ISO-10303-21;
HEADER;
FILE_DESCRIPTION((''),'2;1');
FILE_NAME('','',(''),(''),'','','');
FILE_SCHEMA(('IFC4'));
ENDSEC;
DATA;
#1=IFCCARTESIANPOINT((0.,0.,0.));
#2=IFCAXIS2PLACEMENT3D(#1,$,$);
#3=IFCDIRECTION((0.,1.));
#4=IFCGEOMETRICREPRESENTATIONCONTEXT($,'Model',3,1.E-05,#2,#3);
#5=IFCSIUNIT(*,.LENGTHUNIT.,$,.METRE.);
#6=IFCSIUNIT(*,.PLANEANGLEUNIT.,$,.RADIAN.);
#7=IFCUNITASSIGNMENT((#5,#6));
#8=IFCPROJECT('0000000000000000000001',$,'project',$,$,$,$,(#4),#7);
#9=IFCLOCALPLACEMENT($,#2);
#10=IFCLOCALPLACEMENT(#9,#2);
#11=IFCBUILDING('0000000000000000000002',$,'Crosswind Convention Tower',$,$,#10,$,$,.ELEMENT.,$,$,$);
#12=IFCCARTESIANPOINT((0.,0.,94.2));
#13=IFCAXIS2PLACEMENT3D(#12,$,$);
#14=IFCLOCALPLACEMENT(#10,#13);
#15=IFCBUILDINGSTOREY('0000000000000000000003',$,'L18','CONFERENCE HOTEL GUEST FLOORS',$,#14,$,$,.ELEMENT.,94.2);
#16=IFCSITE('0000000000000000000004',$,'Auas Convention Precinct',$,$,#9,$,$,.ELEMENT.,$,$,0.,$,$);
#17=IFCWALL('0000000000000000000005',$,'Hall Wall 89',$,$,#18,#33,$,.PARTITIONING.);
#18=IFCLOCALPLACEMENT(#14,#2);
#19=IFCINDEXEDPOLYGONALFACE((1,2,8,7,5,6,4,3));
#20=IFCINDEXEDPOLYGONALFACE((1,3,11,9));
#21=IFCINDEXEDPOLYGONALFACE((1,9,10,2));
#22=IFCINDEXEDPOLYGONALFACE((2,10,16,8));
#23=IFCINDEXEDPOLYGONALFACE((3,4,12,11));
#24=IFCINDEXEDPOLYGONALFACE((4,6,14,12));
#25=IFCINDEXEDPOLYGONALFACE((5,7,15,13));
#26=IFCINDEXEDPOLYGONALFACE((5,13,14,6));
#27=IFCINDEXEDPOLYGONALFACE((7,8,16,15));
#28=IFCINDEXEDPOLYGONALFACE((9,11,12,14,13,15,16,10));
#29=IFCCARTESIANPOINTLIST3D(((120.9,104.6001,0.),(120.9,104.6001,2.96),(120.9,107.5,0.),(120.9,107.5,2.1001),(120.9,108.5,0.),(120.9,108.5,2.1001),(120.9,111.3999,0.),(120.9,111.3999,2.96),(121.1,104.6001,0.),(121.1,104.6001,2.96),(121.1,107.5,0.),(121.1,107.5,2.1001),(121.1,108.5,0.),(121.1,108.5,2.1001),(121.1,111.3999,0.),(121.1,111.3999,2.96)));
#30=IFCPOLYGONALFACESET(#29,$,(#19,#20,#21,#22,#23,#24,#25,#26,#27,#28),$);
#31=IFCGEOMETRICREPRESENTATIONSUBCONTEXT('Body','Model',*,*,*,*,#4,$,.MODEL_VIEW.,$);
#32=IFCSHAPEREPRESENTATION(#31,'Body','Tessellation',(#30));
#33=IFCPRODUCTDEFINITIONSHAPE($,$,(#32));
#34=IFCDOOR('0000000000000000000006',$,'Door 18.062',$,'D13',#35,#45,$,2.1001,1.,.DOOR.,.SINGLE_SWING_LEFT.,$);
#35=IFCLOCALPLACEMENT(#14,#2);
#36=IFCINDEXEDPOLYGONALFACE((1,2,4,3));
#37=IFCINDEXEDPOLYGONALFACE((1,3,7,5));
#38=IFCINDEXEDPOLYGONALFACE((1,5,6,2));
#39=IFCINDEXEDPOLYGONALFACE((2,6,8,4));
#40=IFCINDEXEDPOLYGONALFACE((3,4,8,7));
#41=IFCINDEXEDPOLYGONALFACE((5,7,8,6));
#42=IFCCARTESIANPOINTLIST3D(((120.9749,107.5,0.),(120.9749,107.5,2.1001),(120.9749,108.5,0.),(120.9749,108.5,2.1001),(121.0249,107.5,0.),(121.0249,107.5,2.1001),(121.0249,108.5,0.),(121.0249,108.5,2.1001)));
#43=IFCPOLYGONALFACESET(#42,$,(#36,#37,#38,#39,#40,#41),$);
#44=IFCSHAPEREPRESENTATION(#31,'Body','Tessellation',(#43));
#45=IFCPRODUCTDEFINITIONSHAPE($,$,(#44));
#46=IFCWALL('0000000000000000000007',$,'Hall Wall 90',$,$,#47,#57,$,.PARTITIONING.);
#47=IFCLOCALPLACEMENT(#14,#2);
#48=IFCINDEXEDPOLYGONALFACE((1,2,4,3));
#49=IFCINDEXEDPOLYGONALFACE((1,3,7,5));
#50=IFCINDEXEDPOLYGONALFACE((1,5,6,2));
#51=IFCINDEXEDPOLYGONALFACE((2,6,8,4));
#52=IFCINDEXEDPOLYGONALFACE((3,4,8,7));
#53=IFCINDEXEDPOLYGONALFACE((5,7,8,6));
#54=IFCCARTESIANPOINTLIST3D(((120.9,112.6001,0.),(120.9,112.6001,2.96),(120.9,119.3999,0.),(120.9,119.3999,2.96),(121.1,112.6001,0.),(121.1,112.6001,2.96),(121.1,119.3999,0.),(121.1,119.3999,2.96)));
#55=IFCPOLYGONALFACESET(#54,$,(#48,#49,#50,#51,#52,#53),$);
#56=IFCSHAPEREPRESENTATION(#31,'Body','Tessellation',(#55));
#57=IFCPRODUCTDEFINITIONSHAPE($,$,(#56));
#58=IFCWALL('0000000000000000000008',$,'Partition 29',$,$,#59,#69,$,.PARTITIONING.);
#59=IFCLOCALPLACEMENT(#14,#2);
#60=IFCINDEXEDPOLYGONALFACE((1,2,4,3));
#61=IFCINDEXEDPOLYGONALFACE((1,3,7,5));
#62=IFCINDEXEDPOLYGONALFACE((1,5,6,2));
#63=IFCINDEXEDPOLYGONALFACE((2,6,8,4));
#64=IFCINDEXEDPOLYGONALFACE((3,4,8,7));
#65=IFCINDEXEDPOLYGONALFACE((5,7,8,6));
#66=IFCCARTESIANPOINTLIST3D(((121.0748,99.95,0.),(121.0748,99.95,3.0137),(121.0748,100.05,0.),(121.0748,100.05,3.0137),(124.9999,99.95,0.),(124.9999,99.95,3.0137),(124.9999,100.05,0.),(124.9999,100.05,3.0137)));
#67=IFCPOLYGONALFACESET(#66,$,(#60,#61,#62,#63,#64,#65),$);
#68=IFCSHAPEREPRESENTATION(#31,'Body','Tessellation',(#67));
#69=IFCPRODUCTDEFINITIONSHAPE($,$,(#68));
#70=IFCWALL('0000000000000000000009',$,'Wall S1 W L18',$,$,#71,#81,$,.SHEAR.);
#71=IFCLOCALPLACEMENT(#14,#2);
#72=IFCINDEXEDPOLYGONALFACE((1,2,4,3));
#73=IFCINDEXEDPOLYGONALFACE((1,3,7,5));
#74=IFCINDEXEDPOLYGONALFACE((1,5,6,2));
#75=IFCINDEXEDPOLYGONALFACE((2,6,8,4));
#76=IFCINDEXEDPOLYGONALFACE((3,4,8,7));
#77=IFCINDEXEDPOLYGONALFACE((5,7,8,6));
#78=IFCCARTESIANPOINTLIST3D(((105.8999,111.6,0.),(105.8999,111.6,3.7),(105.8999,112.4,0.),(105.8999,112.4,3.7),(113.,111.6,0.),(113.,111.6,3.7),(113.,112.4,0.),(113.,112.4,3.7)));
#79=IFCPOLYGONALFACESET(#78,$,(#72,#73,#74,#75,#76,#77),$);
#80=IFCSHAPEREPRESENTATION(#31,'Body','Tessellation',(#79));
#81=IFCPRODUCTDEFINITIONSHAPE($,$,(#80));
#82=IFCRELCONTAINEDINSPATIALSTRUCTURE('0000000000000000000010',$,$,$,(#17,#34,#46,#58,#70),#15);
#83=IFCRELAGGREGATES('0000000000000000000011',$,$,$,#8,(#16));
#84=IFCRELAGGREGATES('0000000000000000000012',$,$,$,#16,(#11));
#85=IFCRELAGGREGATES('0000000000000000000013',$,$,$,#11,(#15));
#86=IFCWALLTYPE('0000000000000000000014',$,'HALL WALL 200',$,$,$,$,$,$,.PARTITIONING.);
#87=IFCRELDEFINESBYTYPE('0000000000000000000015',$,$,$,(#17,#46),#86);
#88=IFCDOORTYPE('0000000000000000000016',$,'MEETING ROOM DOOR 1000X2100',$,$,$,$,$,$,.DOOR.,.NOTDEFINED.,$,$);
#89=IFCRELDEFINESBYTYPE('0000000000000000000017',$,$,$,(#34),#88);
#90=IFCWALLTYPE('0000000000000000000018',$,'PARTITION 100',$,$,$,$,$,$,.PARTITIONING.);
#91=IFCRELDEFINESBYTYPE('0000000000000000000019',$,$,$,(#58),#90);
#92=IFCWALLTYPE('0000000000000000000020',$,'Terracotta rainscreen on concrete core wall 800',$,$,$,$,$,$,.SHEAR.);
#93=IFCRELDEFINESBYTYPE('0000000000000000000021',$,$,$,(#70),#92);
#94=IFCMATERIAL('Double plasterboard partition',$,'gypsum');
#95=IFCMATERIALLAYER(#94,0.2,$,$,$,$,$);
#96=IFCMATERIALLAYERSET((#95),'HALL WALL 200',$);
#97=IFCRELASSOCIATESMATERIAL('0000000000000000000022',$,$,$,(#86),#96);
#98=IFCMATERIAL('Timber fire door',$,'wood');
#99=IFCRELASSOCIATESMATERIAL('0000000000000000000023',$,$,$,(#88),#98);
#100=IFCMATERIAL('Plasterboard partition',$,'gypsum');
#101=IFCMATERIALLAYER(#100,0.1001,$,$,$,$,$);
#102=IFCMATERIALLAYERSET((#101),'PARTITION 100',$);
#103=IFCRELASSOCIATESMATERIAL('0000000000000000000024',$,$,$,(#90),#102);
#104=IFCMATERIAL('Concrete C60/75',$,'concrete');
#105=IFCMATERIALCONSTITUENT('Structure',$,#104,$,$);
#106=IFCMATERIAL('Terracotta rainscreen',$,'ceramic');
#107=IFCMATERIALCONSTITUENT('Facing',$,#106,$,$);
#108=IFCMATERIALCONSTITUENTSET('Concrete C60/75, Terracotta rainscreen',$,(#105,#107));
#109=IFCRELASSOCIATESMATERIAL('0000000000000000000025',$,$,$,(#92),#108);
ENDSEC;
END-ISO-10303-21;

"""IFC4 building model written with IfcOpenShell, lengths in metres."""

from ifc_helpers import new_model, si_unit, direction, frame, frame_2d, origin, place, context, subcontext, project, spatial, rectangle, extrude, material, layer, layer_set, constituent, constituent_set, type_object, element, fill, save


model = new_model("IFC4")

# Units and contexts
model_context = context("Model", 3, precision=1e-05, world=origin(), true_north=direction((0.0, 1.0)))
body_context = subcontext(model_context, "Body", "Model", "MODEL_VIEW")
ifc_project = project(units=[si_unit("LENGTHUNIT", "METRE"), si_unit("PLANEANGLEUNIT", "RADIAN")], contexts=[model_context])

# Site, building, storey
site_placement = place(None, origin())
site = spatial("IfcSite", under=ifc_project, at=site_placement, Name="Auas Convention Precinct", CompositionType="ELEMENT", RefElevation=0.0)
building_placement = place(site_placement, origin())
building = spatial("IfcBuilding", under=site, at=building_placement, Name="Crosswind Convention Tower", CompositionType="ELEMENT")
storey_placement = place(building_placement, frame((0.0, 0.0, 94.2)))
storey = spatial("IfcBuildingStorey", under=building, at=storey_placement, Name="L18", Description="CONFERENCE HOTEL GUEST FLOORS", CompositionType="ELEMENT", Elevation=94.2)

# Shared definitions
ifc_material_1 = material(Name="Plasterboard partition", Category="gypsum")

# Shared definitions
ifc_material_2 = material(Name="Timber fire door", Category="wood")

# Wall, opening, door
ifc_material_3 = material(Name="Double plasterboard partition", Category="gypsum")
ifc_layer_1 = layer(ifc_material_3, 0.2)
ifc_layer_set_1 = layer_set([ifc_layer_1], Name="HALL WALL 200")
wall_type_1 = type_object("IfcWallType", Name="HALL WALL 200", PredefinedType="PARTITIONING", material=ifc_layer_set_1)
wall_1_placement = place(storey_placement, frame((121.0, 104.6001, 0.0), z_axis=(0.0, 0.0, 1.0), x_axis=(0.0, 1.0, 0.0)))
wall_1 = element("IfcWall", 1, at=wall_1_placement, inside=storey, type_object=wall_type_1, Name="Hall Wall 89", PredefinedType="PARTITIONING", context=body_context, shape_type="SweptSolid", body=[
    extrude(rectangle(XDim=6.7998, YDim=0.2, at=frame_2d((3.3999, 0.0))), origin(), (0.0, 0.0, 1.0), 2.96),
])
opening_1_placement = place(wall_1_placement, frame((2.8999, 0.0, 0.0)))
opening_1 = element("IfcOpeningElement", 2, at=opening_1_placement, cuts=wall_1, PredefinedType="OPENING", context=body_context, shape_type="SweptSolid", body=[
    extrude(rectangle(XDim=1.0, YDim=2.1001, at=frame_2d((0.5, 1.05))), frame((0.0, 0.1099, 0.0), z_axis=(0.0, -1.0, 0.0), x_axis=(1.0, 0.0, 0.0)), (0.0, 0.0, 1.0), 0.22),
])
door_type_1 = type_object("IfcDoorType", Name="MEETING ROOM DOOR 1000X2100", OperationType="NOTDEFINED", PredefinedType="DOOR", material=ifc_material_2)
door_1_placement = place(opening_1_placement, frame((1.0, 0.0, 0.0), z_axis=(0.0, 0.0, 1.0), x_axis=(-1.0, 0.0, 0.0)))
door_1 = element("IfcDoor", 3, at=door_1_placement, inside=storey, type_object=door_type_1, Name="Door 18.062", ObjectType="D13", OperationType="SINGLE_SWING_LEFT", OverallHeight=2.1001, OverallWidth=1.0, PredefinedType="DOOR", context=body_context, shape_type="SweptSolid", body=[
    extrude(rectangle(XDim=1.0, YDim=2.1001, at=frame_2d((0.5, 1.05))), frame((0.0, 0.0249, 0.0), z_axis=(0.0, -1.0, 0.0), x_axis=(1.0, 0.0, 0.0)), (0.0, 0.0, 1.0), 0.05),
])
fill(opening_1, door_1)

# Walls
wall_2_placement = place(storey_placement, frame((121.0, 112.6001, 0.0), z_axis=(0.0, 0.0, 1.0), x_axis=(0.0, 1.0, 0.0)))
element("IfcWall", 4, at=wall_2_placement, inside=storey, type_object=wall_type_1, Name="Hall Wall 90", PredefinedType="PARTITIONING", context=body_context, shape_type="SweptSolid", body=[
    extrude(rectangle(XDim=6.7998, YDim=0.2, at=frame_2d((3.3999, 0.0))), origin(), (0.0, 0.0, 1.0), 2.96),
])
ifc_layer_2 = layer(ifc_material_1, 0.1001)
ifc_layer_set_2 = layer_set([ifc_layer_2], Name="PARTITION 100")
wall_type_2 = type_object("IfcWallType", Name="PARTITION 100", PredefinedType="PARTITIONING", material=ifc_layer_set_2)
wall_3_placement = place(storey_placement, frame((121.075, 100.0, 0.0), z_axis=(0.0, 0.0, 1.0), x_axis=(1.0, 0.0, 0.0)))
element("IfcWall", 5, at=wall_3_placement, inside=storey, type_object=wall_type_2, Name="Partition 29", PredefinedType="PARTITIONING", context=body_context, shape_type="SweptSolid", body=[
    extrude(rectangle(XDim=3.925, YDim=0.1001, at=frame_2d((1.9624, 0.0))), origin(), (0.0, 0.0, 1.0), 3.0137),
])
ifc_material_4 = material(Name="Concrete C60/75", Category="concrete")
ifc_constituent_1 = constituent(ifc_material_4, Name="Structure")
ifc_material_5 = material(Name="Terracotta rainscreen", Category="ceramic")
ifc_constituent_2 = constituent(ifc_material_5, Name="Facing")
ifc_constituent_set = constituent_set(constituents=[ifc_constituent_1, ifc_constituent_2], Name="Concrete C60/75, Terracotta rainscreen")
wall_type_3 = type_object("IfcWallType", Name="Terracotta rainscreen on concrete core wall 800", PredefinedType="SHEAR", material=ifc_constituent_set)
wall_4_placement = place(storey_placement, frame((113.0, 112.0, 0.0), z_axis=(0.0, 0.0, 1.0), x_axis=(-1.0, 0.0, 0.0)))
element("IfcWall", 6, at=wall_4_placement, inside=storey, type_object=wall_type_3, Name="Wall S1 W L18", PredefinedType="SHEAR", context=body_context, shape_type="SweptSolid", body=[
    extrude(rectangle(XDim=7.1001, YDim=0.8, at=frame_2d((3.55, 0.0))), origin(), (0.0, 0.0, 1.0), 3.7),
])

save(model, "model.ifc")
